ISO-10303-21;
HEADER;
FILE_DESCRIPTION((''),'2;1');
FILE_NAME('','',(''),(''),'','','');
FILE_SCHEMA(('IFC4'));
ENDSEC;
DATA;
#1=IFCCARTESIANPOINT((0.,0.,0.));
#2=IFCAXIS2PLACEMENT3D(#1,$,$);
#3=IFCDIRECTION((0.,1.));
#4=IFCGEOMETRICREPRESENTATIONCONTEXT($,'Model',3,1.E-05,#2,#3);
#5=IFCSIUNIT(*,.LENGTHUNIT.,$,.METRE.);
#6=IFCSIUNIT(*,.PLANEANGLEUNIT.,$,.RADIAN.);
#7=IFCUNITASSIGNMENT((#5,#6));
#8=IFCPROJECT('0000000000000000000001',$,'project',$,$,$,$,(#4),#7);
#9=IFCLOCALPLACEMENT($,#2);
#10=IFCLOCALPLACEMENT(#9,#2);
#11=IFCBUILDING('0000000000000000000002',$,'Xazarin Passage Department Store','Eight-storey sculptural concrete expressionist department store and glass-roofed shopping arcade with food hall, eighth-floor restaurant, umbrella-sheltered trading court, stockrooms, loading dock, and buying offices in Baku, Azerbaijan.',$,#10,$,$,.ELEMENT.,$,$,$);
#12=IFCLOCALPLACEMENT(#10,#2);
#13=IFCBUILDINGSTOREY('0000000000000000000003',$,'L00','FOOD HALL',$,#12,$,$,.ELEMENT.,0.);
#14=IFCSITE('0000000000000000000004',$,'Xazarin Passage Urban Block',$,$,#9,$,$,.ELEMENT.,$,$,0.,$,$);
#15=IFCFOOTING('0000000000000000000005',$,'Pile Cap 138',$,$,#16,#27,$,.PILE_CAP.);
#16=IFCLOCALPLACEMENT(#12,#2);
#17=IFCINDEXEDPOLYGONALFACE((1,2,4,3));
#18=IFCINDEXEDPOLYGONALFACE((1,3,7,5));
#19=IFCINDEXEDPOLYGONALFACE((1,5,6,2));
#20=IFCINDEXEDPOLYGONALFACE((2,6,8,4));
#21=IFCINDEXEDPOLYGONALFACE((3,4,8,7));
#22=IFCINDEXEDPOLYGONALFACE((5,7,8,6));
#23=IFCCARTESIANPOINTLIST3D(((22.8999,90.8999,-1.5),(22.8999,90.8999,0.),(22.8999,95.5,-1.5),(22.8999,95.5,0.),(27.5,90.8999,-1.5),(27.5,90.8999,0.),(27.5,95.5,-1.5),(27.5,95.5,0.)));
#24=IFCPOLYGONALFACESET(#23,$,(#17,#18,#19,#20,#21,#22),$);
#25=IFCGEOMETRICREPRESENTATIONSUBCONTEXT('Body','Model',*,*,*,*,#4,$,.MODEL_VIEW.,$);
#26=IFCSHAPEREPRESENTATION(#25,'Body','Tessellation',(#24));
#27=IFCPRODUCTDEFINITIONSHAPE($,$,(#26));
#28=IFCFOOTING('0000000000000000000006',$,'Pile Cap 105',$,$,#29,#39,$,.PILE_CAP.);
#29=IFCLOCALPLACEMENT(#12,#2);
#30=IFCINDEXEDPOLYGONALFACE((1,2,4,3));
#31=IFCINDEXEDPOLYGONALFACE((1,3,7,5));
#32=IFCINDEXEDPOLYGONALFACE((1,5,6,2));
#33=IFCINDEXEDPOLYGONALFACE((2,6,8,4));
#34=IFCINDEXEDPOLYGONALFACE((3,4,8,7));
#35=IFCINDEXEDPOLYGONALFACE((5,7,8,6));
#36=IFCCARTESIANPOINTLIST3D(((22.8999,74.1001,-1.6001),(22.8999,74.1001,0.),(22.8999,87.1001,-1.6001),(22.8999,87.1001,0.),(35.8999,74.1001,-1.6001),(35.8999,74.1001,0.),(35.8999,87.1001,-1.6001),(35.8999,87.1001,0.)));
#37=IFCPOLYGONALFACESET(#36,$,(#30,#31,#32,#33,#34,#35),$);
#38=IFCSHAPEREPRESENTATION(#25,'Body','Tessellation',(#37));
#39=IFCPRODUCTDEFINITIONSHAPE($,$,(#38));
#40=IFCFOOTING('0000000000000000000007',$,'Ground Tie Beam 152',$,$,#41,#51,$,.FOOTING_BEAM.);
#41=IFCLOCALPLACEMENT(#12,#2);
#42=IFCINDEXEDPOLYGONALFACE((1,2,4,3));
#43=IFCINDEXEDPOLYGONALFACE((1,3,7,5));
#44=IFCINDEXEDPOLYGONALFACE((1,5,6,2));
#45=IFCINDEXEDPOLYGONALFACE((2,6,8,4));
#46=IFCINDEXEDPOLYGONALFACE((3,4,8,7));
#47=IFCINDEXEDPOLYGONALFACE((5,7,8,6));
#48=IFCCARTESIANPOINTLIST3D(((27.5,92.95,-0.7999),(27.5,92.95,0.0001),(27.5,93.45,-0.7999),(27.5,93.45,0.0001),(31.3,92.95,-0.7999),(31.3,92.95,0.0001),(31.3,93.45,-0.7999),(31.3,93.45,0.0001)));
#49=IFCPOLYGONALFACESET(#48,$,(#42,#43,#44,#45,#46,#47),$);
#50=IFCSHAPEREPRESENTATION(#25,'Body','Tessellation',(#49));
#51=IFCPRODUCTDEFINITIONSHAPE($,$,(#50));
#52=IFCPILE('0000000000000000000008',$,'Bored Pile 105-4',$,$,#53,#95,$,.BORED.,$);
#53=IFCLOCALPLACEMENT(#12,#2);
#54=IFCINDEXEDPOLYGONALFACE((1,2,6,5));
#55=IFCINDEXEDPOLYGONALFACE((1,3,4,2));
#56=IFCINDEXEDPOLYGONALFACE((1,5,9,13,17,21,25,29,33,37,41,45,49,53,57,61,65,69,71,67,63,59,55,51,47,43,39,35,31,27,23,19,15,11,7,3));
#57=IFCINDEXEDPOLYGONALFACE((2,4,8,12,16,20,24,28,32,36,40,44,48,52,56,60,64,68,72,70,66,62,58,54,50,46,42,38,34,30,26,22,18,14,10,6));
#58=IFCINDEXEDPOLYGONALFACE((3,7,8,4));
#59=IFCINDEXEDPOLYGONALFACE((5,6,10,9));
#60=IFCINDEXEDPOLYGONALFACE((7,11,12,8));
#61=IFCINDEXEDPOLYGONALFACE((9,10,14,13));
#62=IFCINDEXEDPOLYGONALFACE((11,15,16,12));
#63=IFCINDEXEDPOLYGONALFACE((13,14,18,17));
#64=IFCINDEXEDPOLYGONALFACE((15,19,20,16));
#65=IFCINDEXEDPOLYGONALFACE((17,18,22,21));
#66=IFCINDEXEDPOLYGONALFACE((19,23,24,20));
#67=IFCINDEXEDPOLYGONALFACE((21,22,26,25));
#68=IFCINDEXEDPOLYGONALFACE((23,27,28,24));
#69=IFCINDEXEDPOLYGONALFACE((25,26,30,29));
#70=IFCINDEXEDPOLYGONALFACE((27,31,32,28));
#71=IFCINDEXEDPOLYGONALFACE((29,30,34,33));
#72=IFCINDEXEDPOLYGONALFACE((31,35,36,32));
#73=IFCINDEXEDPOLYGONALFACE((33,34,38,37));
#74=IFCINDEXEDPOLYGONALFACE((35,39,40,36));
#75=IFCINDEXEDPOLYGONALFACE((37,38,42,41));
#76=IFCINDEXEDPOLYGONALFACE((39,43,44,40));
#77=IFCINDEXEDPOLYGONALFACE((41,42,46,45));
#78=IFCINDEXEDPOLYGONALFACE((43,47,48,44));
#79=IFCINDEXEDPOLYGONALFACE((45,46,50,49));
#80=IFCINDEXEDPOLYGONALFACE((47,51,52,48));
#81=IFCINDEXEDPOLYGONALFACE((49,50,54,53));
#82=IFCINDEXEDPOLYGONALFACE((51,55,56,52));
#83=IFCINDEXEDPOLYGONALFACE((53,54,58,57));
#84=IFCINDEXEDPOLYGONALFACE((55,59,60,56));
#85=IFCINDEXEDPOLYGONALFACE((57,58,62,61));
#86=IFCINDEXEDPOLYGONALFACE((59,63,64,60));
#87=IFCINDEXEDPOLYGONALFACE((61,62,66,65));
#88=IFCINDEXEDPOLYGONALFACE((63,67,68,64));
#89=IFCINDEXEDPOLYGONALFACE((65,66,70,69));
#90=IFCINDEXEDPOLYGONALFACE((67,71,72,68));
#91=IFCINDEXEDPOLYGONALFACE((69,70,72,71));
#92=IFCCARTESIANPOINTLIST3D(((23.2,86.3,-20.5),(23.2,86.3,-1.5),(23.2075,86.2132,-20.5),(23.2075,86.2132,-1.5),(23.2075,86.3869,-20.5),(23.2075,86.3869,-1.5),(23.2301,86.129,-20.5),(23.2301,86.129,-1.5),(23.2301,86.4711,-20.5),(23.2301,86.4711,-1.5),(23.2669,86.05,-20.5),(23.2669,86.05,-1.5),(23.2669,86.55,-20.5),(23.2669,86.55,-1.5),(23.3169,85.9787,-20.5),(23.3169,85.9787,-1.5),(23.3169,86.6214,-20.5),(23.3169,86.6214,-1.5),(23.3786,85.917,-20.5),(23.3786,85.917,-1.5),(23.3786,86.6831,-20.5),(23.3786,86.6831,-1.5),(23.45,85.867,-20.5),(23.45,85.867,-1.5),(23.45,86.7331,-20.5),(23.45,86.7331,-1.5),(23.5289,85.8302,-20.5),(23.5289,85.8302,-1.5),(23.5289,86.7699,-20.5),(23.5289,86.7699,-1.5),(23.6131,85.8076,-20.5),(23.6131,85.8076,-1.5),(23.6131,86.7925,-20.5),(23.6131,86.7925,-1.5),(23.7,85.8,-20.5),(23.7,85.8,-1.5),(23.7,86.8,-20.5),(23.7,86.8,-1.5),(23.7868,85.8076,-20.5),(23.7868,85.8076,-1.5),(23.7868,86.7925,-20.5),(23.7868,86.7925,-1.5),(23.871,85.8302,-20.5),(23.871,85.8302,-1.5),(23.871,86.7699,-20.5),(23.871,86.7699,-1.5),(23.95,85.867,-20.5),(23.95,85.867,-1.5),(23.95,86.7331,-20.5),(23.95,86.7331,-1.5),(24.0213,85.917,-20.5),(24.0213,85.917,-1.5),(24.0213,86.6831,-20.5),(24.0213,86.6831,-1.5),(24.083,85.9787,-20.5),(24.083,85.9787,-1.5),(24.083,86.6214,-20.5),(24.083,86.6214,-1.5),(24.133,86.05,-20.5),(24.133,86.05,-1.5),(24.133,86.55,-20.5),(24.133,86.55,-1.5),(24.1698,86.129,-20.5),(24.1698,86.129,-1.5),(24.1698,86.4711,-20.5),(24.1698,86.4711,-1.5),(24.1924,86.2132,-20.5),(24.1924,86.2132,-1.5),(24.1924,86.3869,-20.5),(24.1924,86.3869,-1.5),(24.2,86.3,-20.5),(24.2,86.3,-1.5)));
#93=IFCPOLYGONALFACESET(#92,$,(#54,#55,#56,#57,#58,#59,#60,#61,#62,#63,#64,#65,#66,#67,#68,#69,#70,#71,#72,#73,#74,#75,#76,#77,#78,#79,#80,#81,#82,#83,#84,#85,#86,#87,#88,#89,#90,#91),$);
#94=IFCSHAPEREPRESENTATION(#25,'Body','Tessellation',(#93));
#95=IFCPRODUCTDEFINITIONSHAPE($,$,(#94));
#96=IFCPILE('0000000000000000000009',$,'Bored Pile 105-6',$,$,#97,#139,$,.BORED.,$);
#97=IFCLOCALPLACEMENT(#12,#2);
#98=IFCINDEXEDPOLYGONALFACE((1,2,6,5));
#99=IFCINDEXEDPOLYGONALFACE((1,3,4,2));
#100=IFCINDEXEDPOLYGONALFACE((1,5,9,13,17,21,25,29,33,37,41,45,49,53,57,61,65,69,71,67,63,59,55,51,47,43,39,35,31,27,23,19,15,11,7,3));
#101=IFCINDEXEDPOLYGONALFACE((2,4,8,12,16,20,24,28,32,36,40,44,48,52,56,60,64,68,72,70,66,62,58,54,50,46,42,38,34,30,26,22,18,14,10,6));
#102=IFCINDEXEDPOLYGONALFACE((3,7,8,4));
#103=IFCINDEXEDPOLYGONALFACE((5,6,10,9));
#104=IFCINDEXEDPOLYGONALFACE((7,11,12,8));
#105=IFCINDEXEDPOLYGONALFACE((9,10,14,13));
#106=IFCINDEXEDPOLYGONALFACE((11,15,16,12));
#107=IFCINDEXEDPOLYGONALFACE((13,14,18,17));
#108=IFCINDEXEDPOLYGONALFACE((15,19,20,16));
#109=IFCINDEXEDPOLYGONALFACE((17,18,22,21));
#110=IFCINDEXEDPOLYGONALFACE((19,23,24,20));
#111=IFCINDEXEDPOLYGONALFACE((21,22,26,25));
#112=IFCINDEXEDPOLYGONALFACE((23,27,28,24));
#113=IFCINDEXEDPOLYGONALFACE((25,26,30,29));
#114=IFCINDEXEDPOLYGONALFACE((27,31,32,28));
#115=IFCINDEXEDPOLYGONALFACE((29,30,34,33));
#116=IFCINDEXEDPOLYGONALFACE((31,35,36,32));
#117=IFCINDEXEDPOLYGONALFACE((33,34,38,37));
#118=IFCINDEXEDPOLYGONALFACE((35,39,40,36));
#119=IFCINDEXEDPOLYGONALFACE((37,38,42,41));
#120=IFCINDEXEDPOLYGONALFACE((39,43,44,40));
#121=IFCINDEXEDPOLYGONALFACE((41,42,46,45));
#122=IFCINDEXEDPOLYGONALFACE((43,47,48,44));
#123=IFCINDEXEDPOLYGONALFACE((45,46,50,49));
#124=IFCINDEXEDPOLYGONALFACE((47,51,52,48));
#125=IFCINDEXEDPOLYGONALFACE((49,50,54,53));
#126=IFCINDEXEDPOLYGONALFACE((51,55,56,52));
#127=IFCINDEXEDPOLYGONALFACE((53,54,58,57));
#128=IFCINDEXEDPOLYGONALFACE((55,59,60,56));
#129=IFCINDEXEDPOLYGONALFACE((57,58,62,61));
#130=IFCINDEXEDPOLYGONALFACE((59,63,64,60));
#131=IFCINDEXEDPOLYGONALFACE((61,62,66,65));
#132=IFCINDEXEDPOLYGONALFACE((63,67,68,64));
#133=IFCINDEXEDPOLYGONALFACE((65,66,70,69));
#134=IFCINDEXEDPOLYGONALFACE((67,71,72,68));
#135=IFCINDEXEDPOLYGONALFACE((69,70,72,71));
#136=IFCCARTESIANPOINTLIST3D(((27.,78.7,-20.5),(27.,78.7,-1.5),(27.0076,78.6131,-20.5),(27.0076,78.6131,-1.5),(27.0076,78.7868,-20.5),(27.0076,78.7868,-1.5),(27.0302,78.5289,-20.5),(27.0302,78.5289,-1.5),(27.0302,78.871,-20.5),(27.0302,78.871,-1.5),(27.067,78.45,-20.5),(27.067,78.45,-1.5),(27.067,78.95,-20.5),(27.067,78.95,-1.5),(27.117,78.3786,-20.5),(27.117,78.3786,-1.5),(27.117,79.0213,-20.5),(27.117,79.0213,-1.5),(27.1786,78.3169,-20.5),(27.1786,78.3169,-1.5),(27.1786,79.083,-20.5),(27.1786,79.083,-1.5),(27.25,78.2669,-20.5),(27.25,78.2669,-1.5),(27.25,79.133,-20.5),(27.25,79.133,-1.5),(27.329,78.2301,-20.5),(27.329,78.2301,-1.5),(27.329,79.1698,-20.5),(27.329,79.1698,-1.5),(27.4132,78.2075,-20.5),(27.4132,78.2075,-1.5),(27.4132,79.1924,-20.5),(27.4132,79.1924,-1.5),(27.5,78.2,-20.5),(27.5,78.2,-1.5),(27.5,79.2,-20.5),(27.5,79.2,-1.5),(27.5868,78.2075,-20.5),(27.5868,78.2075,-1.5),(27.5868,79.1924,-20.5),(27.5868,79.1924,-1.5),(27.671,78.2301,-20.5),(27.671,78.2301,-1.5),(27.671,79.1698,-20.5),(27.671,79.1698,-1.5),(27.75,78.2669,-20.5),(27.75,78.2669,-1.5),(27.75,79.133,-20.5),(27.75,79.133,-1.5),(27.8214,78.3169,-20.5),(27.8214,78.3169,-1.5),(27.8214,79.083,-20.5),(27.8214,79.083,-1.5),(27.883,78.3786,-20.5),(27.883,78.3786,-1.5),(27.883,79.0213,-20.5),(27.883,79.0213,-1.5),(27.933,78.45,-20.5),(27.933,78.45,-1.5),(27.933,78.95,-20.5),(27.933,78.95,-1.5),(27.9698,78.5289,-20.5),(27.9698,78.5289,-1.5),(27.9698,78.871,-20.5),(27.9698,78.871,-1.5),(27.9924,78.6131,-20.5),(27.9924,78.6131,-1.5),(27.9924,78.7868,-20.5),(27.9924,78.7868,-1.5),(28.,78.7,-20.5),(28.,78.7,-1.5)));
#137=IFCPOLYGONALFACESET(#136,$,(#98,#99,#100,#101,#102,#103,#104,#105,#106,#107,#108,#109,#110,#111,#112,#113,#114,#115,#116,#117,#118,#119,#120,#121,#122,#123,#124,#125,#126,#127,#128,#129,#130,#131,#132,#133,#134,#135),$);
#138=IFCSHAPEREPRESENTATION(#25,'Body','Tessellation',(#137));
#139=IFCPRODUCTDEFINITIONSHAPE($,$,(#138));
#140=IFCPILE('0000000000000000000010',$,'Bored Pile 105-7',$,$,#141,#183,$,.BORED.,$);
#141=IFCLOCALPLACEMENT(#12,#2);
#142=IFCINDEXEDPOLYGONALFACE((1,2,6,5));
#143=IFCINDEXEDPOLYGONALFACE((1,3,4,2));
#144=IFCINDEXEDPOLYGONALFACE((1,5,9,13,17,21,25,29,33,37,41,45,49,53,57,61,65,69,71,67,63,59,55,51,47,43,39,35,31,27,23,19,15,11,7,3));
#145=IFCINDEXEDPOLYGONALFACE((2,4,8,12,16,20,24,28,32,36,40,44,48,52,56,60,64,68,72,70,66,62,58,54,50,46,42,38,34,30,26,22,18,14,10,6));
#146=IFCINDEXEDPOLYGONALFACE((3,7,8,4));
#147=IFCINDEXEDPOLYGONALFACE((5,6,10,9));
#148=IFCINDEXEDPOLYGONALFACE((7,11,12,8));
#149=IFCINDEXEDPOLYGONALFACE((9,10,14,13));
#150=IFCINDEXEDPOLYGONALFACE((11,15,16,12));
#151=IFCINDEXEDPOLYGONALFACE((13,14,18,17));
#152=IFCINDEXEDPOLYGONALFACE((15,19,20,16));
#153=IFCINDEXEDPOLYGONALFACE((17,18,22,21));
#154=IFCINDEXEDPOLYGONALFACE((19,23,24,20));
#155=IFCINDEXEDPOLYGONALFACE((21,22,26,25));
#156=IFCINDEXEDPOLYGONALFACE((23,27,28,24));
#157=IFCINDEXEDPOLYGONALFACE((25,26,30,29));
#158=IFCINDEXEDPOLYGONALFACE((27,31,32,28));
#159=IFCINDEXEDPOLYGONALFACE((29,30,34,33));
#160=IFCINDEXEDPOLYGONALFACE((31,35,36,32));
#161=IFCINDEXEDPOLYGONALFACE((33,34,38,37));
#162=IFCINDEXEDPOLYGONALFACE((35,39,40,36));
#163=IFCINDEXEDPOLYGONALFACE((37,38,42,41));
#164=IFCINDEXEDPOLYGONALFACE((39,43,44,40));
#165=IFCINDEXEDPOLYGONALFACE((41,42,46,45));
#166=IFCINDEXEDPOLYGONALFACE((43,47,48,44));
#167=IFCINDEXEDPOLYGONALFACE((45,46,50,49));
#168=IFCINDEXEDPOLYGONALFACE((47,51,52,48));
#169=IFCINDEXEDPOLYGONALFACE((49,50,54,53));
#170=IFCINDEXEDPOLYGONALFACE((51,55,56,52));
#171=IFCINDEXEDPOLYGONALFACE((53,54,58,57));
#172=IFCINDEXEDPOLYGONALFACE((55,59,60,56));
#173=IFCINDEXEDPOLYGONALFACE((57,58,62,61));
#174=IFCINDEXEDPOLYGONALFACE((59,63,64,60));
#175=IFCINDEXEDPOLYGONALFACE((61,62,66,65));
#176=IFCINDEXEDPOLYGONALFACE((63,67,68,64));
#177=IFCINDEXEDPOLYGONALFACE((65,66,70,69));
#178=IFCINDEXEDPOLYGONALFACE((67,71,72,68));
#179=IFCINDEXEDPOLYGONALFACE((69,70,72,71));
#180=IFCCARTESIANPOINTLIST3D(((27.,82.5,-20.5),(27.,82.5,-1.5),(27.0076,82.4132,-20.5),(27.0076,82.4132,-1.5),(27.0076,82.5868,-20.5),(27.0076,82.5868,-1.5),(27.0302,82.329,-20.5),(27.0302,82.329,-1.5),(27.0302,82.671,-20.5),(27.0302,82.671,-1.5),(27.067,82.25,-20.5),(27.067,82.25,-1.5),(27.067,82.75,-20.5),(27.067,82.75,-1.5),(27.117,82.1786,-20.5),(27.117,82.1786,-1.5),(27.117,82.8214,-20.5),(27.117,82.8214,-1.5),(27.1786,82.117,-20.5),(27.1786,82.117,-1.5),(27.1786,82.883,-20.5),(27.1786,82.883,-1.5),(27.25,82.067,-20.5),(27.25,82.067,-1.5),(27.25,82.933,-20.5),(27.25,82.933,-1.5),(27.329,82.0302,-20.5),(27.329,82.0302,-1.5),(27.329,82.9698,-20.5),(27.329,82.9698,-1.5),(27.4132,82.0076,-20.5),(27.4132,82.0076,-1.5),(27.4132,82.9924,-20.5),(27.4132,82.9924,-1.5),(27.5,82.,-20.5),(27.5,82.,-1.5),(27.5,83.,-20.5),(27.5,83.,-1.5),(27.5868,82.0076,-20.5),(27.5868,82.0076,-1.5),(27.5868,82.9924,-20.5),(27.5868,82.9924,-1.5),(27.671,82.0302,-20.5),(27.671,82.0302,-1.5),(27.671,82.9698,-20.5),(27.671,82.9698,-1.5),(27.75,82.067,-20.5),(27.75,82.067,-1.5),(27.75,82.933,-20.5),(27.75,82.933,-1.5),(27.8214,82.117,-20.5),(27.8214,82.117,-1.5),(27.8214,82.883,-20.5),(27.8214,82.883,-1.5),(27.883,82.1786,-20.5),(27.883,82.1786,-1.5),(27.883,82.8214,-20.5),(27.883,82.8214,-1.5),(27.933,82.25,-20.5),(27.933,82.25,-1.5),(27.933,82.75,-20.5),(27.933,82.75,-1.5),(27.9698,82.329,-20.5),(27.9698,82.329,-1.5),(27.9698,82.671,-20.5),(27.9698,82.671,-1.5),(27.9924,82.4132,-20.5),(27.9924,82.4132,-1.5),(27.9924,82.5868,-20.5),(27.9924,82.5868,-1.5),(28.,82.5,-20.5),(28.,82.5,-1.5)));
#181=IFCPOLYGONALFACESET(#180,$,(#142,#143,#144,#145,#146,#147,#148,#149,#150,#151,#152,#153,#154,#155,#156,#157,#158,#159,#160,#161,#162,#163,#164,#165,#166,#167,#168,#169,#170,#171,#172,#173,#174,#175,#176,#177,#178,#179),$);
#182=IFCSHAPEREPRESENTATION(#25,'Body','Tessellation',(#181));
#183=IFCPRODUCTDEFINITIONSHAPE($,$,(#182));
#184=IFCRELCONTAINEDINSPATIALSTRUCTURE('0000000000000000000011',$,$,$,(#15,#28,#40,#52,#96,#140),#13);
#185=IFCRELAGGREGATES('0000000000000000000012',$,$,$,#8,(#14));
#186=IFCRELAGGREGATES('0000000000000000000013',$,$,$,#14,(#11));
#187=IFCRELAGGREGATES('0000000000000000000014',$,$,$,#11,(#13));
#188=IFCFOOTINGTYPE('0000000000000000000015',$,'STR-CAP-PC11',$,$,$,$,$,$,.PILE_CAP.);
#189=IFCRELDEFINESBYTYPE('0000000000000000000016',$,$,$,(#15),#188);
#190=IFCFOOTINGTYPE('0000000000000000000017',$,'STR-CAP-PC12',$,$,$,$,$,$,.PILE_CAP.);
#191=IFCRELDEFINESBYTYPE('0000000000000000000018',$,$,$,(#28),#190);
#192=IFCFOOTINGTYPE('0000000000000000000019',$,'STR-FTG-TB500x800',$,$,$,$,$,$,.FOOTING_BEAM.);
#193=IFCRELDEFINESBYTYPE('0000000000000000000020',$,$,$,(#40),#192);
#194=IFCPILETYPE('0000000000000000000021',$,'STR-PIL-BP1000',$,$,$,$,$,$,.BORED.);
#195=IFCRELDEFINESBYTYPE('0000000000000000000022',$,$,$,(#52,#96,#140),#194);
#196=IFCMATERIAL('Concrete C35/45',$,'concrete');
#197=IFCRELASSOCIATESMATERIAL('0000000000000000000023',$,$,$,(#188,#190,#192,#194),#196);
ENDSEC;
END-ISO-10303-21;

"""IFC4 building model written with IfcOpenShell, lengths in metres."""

from ifc_helpers import new_model, si_unit, direction, frame, origin, origin_2d, place, context, subcontext, project, spatial, rectangle, circle, extrude, material, material_profile, profile_set, type_object, element, save


model = new_model("IFC4")

# Units and contexts
model_context = context("Model", 3, precision=1e-05, world=origin(), true_north=direction((0.0, 1.0)))
body_context = subcontext(model_context, "Body", "Model", "MODEL_VIEW")
ifc_project = project(units=[si_unit("LENGTHUNIT", "METRE"), si_unit("PLANEANGLEUNIT", "RADIAN")], contexts=[model_context])

# Site, building, storey
site_placement = place(None, origin())
site = spatial("IfcSite", under=ifc_project, at=site_placement, Name="Xazarin Passage Urban Block", CompositionType="ELEMENT", RefElevation=0.0)
building_placement = place(site_placement, origin())
building = spatial("IfcBuilding", under=site, at=building_placement, Name="Xazarin Passage Department Store", Description="Eight-storey sculptural concrete expressionist department store and glass-roofed shopping arcade with food hall, eighth-floor restaurant, umbrella-sheltered trading court, stockrooms, loading dock, and buying offices in Baku, Azerbaijan.", CompositionType="ELEMENT")
storey_placement = place(building_placement, origin())
storey = spatial("IfcBuildingStorey", under=building, at=storey_placement, Name="L00", Description="FOOD HALL", CompositionType="ELEMENT", Elevation=0.0)

# Footings
ifc_material_1 = material(Name="Concrete C35/45", Category="concrete")
footing_type_1 = type_object("IfcFootingType", Name="STR-CAP-PC11", PredefinedType="PILE_CAP", material=ifc_material_1)
footing_1_placement = place(storey_placement, frame((25.2, 93.2, -1.5), z_axis=(0.0, 0.0, 1.0), x_axis=(1.0, 0.0, 0.0)))
element("IfcFooting", 1, at=footing_1_placement, inside=storey, type_object=footing_type_1, Name="Pile Cap 138", PredefinedType="PILE_CAP", context=body_context, shape_type="SweptSolid", body=[
    extrude(rectangle(XDim=4.6001, YDim=4.6001, at=origin_2d()), origin(), (0.0, 0.0, 1.0), 1.5),
])
footing_type_2 = type_object("IfcFootingType", Name="STR-CAP-PC12", PredefinedType="PILE_CAP", material=ifc_material_1)
footing_2_placement = place(storey_placement, frame((29.3999, 80.6001, -1.6001), z_axis=(0.0, 0.0, 1.0), x_axis=(1.0, 0.0, 0.0)))
element("IfcFooting", 2, at=footing_2_placement, inside=storey, type_object=footing_type_2, Name="Pile Cap 105", PredefinedType="PILE_CAP", context=body_context, shape_type="SweptSolid", body=[
    extrude(rectangle(XDim=13.0, YDim=13.0, at=origin_2d()), origin(), (0.0, 0.0, 1.0), 1.6001),
])
ifc_material_profile_1 = material_profile(ifc_material_1, rectangle(XDim=0.5, YDim=0.8, at=origin_2d()), Name="RC 500x800")
ifc_profile_set_1 = profile_set([ifc_material_profile_1], Name="Concrete C35/45")
footing_type_3 = type_object("IfcFootingType", Name="STR-FTG-TB500x800", PredefinedType="FOOTING_BEAM", material=ifc_profile_set_1)
footing_3_placement = place(storey_placement, frame((27.5, 93.2, -0.3999), z_axis=(1.0, 0.0, 0.0), x_axis=(0.0, 1.0, 0.0)))
element("IfcFooting", 3, at=footing_3_placement, inside=storey, type_object=footing_type_3, Name="Ground Tie Beam 152", PredefinedType="FOOTING_BEAM", context=body_context, shape_type="SweptSolid", body=[
    extrude(rectangle(XDim=0.5, YDim=0.8, at=origin_2d()), origin(), (0.0, 0.0, 1.0), 3.8),
])

# Piles
ifc_material_profile_2 = material_profile(ifc_material_1, circle(Radius=0.5, at=origin_2d()), Name="BP 1000")
ifc_profile_set_2 = profile_set([ifc_material_profile_2], Name="Concrete C35/45")
pile_type_1 = type_object("IfcPileType", Name="STR-PIL-BP1000", PredefinedType="BORED", material=ifc_profile_set_2)
for number, where, z_axis, x_axis, name in (
    (4, (23.7, 86.3, -1.5), (0.0, 0.0, -1.0), (1.0, 0.0, 0.0), "Bored Pile 105-4"),
    (5, (27.5, 78.7, -1.5), (0.0, 0.0, -1.0), (1.0, 0.0, 0.0), "Bored Pile 105-6"),
    (6, (27.5, 82.5, -1.5), (0.0, 0.0, -1.0), (1.0, 0.0, 0.0), "Bored Pile 105-7"),
):
    element("IfcPile", number, at=place(storey_placement, frame(where, z_axis=z_axis, x_axis=x_axis)), inside=storey, type_object=pile_type_1, Name=name, PredefinedType="BORED", context=body_context, shape_type="SweptSolid", body=[
        extrude(circle(Radius=0.5, at=origin_2d()), origin(), (0.0, 0.0, 1.0), 19.0),
    ])

save(model, "model.ifc")
